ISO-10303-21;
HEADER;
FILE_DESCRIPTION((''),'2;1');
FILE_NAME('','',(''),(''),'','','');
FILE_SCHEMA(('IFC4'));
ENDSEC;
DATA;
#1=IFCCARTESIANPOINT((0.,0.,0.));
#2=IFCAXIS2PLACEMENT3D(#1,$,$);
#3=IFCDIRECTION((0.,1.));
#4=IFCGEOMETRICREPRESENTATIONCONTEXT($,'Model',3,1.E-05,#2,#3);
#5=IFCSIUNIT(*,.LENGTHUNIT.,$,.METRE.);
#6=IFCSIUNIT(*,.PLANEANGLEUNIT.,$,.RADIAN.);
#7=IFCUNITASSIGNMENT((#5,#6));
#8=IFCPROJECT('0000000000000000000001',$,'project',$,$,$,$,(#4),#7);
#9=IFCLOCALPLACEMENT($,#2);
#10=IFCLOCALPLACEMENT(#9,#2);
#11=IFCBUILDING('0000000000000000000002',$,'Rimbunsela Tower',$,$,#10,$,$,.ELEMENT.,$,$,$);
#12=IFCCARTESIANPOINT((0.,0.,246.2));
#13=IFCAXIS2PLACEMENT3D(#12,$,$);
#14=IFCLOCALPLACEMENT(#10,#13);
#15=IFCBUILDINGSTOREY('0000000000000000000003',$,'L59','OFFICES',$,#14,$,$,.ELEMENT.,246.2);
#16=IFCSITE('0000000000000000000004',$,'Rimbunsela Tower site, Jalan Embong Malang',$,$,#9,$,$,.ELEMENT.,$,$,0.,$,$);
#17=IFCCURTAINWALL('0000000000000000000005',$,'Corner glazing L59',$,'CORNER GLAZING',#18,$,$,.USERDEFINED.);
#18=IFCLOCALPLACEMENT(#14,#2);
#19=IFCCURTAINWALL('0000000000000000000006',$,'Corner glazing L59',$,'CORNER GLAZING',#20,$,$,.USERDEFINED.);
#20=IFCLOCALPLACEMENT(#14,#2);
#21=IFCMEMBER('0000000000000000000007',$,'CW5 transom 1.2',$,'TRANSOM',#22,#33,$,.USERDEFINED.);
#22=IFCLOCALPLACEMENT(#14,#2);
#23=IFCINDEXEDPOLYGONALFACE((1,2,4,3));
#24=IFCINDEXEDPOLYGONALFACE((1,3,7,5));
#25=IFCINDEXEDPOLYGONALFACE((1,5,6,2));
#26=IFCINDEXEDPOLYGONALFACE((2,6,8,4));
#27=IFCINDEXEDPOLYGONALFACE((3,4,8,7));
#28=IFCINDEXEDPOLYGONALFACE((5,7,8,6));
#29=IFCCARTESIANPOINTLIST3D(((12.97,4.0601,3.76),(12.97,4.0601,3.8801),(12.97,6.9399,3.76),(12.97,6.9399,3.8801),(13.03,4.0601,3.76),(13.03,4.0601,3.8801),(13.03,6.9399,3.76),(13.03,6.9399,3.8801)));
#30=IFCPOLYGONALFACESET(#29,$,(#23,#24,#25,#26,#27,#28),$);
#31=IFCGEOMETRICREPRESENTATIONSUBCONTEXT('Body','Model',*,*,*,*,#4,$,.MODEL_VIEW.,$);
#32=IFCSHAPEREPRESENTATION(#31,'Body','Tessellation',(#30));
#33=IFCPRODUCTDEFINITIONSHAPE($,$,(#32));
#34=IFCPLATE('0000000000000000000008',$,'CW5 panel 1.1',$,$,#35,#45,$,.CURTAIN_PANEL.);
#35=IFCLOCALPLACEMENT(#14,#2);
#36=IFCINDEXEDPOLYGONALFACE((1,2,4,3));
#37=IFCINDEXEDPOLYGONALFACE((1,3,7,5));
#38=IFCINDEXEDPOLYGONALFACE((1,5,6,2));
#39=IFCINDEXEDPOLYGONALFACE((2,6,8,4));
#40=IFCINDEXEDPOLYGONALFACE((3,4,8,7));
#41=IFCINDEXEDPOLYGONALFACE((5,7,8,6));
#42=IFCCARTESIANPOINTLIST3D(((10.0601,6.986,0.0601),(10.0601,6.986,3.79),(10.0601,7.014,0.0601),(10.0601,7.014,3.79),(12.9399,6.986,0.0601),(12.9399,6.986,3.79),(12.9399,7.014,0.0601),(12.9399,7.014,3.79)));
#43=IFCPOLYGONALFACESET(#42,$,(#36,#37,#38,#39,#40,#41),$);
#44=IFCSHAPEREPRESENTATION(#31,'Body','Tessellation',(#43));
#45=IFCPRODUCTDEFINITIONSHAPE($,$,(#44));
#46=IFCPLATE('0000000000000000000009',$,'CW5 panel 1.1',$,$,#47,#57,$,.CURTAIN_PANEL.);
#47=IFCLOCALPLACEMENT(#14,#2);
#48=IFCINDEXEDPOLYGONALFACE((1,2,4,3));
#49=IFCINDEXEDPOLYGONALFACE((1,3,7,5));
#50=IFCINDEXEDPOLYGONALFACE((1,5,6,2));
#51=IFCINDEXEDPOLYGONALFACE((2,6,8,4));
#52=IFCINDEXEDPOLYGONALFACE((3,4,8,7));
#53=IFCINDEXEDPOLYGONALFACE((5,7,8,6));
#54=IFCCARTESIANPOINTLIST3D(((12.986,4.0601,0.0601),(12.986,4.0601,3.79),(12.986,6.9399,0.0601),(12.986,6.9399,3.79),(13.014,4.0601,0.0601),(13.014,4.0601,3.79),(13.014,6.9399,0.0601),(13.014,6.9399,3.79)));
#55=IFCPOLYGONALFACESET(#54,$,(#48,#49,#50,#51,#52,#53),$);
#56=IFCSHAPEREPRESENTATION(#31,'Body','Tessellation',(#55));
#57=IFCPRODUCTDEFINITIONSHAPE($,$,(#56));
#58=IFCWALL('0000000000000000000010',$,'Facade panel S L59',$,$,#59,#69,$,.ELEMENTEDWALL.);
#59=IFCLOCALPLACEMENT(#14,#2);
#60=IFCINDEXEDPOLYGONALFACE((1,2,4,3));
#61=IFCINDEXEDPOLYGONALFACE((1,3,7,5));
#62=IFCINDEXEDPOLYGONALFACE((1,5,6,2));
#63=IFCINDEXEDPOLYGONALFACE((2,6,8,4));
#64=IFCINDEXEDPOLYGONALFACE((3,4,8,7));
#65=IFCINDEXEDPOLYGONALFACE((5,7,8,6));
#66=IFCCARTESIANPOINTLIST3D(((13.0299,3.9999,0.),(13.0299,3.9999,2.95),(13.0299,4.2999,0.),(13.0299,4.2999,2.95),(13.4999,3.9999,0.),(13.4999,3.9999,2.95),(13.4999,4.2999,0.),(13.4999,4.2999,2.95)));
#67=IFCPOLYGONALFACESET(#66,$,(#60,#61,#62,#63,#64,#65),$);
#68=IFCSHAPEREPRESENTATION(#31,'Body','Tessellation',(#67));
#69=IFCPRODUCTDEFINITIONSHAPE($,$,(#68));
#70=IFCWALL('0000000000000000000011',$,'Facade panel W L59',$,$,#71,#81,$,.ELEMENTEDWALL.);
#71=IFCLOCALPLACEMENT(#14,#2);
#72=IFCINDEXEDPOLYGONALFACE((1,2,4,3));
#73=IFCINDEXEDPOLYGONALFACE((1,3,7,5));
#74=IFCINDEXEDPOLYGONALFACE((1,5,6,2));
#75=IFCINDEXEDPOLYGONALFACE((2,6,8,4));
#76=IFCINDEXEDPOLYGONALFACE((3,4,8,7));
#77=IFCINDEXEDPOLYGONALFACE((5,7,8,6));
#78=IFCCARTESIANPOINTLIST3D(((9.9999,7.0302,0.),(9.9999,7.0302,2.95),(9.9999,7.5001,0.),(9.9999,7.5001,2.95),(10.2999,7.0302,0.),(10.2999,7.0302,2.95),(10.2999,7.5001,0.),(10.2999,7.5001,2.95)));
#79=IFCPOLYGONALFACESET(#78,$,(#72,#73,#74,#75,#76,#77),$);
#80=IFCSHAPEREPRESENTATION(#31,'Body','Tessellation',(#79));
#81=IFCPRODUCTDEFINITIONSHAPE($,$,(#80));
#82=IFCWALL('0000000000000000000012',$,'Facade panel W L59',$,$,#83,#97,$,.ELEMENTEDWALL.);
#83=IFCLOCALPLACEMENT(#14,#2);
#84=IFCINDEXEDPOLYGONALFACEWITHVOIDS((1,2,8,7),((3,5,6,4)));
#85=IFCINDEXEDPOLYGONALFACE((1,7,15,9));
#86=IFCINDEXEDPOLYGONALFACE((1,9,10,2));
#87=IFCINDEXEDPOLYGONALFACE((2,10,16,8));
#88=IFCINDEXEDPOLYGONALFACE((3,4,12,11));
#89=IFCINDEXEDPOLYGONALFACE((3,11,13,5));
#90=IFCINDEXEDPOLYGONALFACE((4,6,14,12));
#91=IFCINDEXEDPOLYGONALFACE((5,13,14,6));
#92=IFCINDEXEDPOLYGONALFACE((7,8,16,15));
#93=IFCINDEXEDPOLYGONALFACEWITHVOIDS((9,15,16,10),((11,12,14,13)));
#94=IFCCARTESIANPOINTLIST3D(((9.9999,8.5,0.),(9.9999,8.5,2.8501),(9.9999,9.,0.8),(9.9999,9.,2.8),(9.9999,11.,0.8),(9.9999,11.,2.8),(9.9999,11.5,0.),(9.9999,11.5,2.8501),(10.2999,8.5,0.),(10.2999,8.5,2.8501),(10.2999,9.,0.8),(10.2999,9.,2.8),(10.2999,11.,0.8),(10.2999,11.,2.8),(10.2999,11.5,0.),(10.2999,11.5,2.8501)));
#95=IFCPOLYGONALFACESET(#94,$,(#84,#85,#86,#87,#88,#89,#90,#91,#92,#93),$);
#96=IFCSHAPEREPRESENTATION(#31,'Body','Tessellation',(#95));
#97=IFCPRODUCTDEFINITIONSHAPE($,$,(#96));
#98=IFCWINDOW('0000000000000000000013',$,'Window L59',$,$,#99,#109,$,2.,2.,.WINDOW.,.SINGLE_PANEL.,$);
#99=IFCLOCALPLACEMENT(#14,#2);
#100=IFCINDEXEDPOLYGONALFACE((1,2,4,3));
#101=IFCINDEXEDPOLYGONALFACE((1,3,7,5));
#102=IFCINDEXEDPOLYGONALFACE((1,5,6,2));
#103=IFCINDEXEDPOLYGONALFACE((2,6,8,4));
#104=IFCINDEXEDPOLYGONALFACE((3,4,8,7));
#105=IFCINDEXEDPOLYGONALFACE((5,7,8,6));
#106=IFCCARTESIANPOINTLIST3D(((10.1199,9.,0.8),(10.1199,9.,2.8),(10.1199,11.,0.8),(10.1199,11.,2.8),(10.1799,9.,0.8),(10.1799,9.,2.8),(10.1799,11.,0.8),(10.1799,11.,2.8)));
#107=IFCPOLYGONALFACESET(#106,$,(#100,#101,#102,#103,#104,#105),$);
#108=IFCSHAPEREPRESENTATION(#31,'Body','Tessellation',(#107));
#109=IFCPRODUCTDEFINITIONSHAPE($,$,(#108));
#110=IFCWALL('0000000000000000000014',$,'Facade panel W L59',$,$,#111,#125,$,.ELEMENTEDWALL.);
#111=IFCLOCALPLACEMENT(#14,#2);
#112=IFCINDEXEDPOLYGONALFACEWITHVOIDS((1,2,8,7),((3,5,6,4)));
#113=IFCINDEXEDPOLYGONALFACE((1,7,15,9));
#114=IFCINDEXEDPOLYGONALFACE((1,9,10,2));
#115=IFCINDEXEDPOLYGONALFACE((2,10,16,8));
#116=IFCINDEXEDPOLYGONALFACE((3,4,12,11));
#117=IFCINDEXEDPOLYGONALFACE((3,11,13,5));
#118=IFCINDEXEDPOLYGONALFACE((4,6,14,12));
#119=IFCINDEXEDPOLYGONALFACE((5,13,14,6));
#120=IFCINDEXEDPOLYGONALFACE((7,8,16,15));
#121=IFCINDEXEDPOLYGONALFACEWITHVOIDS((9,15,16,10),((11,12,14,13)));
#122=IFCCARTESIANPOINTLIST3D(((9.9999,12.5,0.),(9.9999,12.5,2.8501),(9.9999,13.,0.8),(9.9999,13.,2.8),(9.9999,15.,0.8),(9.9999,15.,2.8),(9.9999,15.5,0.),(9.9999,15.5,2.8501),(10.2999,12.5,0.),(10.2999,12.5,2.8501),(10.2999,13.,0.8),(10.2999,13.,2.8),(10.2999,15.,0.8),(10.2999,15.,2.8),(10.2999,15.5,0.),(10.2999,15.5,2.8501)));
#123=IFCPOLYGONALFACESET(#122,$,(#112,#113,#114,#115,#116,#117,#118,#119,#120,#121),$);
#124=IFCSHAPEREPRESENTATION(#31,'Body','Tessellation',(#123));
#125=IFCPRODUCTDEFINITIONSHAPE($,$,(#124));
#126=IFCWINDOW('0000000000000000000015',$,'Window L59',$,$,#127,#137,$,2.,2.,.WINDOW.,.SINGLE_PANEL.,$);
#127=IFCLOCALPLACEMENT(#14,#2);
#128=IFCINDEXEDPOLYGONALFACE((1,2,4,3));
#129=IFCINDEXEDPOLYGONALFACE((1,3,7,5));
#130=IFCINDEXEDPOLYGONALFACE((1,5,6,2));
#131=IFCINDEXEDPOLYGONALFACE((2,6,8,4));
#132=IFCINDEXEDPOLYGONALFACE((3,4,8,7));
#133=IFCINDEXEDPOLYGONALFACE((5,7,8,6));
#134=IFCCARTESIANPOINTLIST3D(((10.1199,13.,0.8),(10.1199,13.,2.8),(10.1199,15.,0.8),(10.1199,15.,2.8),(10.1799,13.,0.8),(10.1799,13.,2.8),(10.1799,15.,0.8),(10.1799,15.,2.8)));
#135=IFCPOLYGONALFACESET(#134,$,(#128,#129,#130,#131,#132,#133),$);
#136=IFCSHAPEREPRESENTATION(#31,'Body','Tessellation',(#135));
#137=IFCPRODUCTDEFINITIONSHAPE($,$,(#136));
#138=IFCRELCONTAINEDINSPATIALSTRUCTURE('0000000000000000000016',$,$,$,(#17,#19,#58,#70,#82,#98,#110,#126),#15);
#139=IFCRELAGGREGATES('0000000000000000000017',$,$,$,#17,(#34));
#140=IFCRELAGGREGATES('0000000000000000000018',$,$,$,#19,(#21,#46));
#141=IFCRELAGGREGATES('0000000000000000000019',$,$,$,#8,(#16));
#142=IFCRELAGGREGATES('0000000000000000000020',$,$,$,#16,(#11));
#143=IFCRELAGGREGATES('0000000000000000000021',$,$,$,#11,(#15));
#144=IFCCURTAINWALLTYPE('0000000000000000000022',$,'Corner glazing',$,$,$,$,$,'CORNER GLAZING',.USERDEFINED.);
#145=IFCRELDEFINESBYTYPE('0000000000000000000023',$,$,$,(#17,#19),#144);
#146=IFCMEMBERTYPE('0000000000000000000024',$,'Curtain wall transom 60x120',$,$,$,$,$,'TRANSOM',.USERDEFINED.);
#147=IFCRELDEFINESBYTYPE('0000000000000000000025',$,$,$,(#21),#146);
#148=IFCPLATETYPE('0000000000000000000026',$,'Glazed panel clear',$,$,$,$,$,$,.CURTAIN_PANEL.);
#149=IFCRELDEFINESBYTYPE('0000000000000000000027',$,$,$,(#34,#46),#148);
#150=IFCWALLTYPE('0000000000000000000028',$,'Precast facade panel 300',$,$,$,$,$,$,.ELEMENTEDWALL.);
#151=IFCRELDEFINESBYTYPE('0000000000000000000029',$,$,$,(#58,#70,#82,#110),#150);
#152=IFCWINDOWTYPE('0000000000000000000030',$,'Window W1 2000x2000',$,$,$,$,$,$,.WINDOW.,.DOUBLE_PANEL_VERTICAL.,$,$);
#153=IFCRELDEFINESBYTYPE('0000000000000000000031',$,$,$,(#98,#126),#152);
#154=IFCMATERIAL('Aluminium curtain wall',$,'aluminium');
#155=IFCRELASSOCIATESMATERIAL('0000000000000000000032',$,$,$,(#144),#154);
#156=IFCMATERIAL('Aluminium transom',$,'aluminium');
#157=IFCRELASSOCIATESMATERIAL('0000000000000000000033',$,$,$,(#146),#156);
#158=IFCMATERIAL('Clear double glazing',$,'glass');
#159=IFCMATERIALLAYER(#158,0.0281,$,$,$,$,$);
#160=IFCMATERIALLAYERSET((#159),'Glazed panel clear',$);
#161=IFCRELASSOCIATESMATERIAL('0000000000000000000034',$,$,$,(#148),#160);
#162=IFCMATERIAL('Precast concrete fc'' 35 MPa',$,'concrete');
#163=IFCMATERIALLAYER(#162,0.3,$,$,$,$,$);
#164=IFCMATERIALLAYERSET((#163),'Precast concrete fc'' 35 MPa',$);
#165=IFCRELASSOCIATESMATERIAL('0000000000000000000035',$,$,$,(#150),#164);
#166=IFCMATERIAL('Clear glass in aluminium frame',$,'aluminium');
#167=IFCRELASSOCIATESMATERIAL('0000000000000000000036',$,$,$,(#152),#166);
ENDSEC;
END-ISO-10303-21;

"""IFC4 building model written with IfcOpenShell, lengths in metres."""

from ifc_helpers import new_model, si_unit, direction, frame, frame_2d, origin, origin_2d, place, context, subcontext, project, spatial, rectangle, extrude, material, layer, layer_set, material_profile, profile_set, type_object, element, fill, aggregate, save


model = new_model("IFC4")

# Units and contexts
model_context = context("Model", 3, precision=1e-05, world=origin(), true_north=direction((0.0, 1.0)))
body_context = subcontext(model_context, "Body", "Model", "MODEL_VIEW")
ifc_project = project(units=[si_unit("LENGTHUNIT", "METRE"), si_unit("PLANEANGLEUNIT", "RADIAN")], contexts=[model_context])

# Site, building, storey
site_placement = place(None, origin())
site = spatial("IfcSite", under=ifc_project, at=site_placement, Name="Rimbunsela Tower site, Jalan Embong Malang", CompositionType="ELEMENT", RefElevation=0.0)
building_placement = place(site_placement, origin())
building = spatial("IfcBuilding", under=site, at=building_placement, Name="Rimbunsela Tower", CompositionType="ELEMENT")
storey_placement = place(building_placement, frame((0.0, 0.0, 246.2)))
storey = spatial("IfcBuildingStorey", under=building, at=storey_placement, Name="L59", Description="OFFICES", CompositionType="ELEMENT", Elevation=246.2)

# Curtain walls
ifc_material_1 = material(Name="Aluminium curtain wall", Category="aluminium")
curtain_wall_type = type_object("IfcCurtainWallType", Name="Corner glazing", ElementType="CORNER GLAZING", PredefinedType="USERDEFINED", material=ifc_material_1)
curtain_wall_1_placement = place(storey_placement, origin())
curtain_wall_1 = element("IfcCurtainWall", 1, at=curtain_wall_1_placement, inside=storey, type_object=curtain_wall_type, Name="Corner glazing L59", ObjectType="CORNER GLAZING", PredefinedType="USERDEFINED")
curtain_wall_2_placement = place(storey_placement, origin())
curtain_wall_2 = element("IfcCurtainWall", 2, at=curtain_wall_2_placement, inside=storey, type_object=curtain_wall_type, Name="Corner glazing L59", ObjectType="CORNER GLAZING", PredefinedType="USERDEFINED")

# Member
ifc_material_2 = material(Name="Aluminium transom", Category="aluminium")
ifc_material_profile_1 = material_profile(ifc_material_2, rectangle(XDim=0.0601, YDim=0.1201, at=origin_2d()), Name="Transom 60x120")
ifc_profile_set_1 = profile_set([ifc_material_profile_1], Name="Aluminium transom")
member_type_1 = type_object("IfcMemberType", Name="Curtain wall transom 60x120", ElementType="TRANSOM", PredefinedType="USERDEFINED", material=ifc_profile_set_1)
member_1_placement = place(storey_placement, frame((13.0, 6.9399, 3.8201), z_axis=(0.0, -1.0, 0.0), x_axis=(1.0, 0.0, 0.0)))
member_1 = element("IfcMember", 3, at=member_1_placement, type_object=member_type_1, Name="CW5 transom 1.2", ObjectType="TRANSOM", PredefinedType="USERDEFINED", context=body_context, shape_type="SweptSolid", body=[
    extrude(rectangle(XDim=0.0601, YDim=0.1201, at=origin_2d()), origin(), (0.0, 0.0, 1.0), 2.8799),
])

# Plates
ifc_material_3 = material(Name="Clear double glazing", Category="glass")
ifc_layer_1 = layer(ifc_material_3, 0.0281)
ifc_layer_set_1 = layer_set([ifc_layer_1], Name="Glazed panel clear")
plate_type = type_object("IfcPlateType", Name="Glazed panel clear", PredefinedType="CURTAIN_PANEL", material=ifc_layer_set_1)
plate_1_placement = place(storey_placement, frame((11.5, 7.0, 0.0601), z_axis=(0.0, 0.0, 1.0), x_axis=(1.0, 0.0, 0.0)))
plate_1 = element("IfcPlate", 4, at=plate_1_placement, type_object=plate_type, Name="CW5 panel 1.1", PredefinedType="CURTAIN_PANEL", context=body_context, shape_type="SweptSolid", body=[
    extrude(rectangle(XDim=2.8799, YDim=0.0281, at=origin_2d()), origin(), (0.0, 0.0, 1.0), 3.73),
])
aggregate(curtain_wall_1, [plate_1])
plate_2_placement = place(storey_placement, frame((13.0, 5.5, 0.0601), z_axis=(0.0, 0.0, 1.0), x_axis=(0.0, -1.0, 0.0)))
plate_2 = element("IfcPlate", 5, at=plate_2_placement, type_object=plate_type, Name="CW5 panel 1.1", PredefinedType="CURTAIN_PANEL", context=body_context, shape_type="SweptSolid", body=[
    extrude(rectangle(XDim=2.8799, YDim=0.0281, at=origin_2d()), origin(), (0.0, 0.0, 1.0), 3.73),
])
aggregate(curtain_wall_2, [member_1, plate_2])

# Walls
ifc_material_4 = material(Name="Precast concrete fc' 35 MPa", Category="concrete")
ifc_layer_2 = layer(ifc_material_4, 0.3)
ifc_layer_set_2 = layer_set([ifc_layer_2], Name="Precast concrete fc' 35 MPa")
wall_type = type_object("IfcWallType", Name="Precast facade panel 300", PredefinedType="ELEMENTEDWALL", material=ifc_layer_set_2)
for number, where, z_axis, x_axis, name in (
    (6, (13.03, 4.1499, 0.0), (0.0, 0.0, 1.0), (1.0, 0.0, 0.0), "Facade panel S L59"),
    (7, (10.1499, 7.5, 0.0), (0.0, 0.0, 1.0), (0.0, -1.0, 0.0), "Facade panel W L59"),
):
    element("IfcWall", number, at=place(storey_placement, frame(where, z_axis=z_axis, x_axis=x_axis)), inside=storey, type_object=wall_type, Name=name, PredefinedType="ELEMENTEDWALL", context=body_context, shape_type="SweptSolid", body=[
        extrude(rectangle(XDim=0.47, YDim=0.3, at=frame_2d((0.2349, 0.0))), origin(), (0.0, 0.0, 1.0), 2.95),
    ])

# Walls, openings, windows
wall_1_placement = place(storey_placement, frame((10.1499, 11.5, 0.0), z_axis=(0.0, 0.0, 1.0), x_axis=(0.0, -1.0, 0.0)))
wall_1 = element("IfcWall", 8, at=wall_1_placement, inside=storey, type_object=wall_type, Name="Facade panel W L59", PredefinedType="ELEMENTEDWALL", context=body_context, shape_type="SweptSolid", body=[
    extrude(rectangle(XDim=3.0, YDim=0.3, at=frame_2d((1.5, 0.0))), origin(), (0.0, 0.0, 1.0), 2.8501),
])
opening_1_placement = place(wall_1_placement, frame((0.5, 0.0, 0.8)))
opening_1 = element("IfcOpeningElement", 9, at=opening_1_placement, cuts=wall_1, PredefinedType="OPENING", context=body_context, shape_type="SweptSolid", body=[
    extrude(rectangle(XDim=2.0, YDim=2.0, at=frame_2d((1.0, 1.0))), frame((0.0, 0.1599, 0.0), z_axis=(0.0, -1.0, 0.0), x_axis=(1.0, 0.0, 0.0)), (0.0, 0.0, 1.0), 0.3201),
])
ifc_material_5 = material(Name="Clear glass in aluminium frame", Category="aluminium")
window_type = type_object("IfcWindowType", Name="Window W1 2000x2000", PartitioningType="DOUBLE_PANEL_VERTICAL", PredefinedType="WINDOW", material=ifc_material_5)
window_1_placement = place(opening_1_placement, origin())
window_1 = element("IfcWindow", 10, at=window_1_placement, inside=storey, type_object=window_type, Name="Window L59", OverallHeight=2.0, OverallWidth=2.0, PartitioningType="SINGLE_PANEL", PredefinedType="WINDOW", context=body_context, shape_type="SweptSolid", body=[
    extrude(rectangle(XDim=2.0, YDim=2.0, at=frame_2d((1.0, 1.0))), frame((0.0, 0.03, 0.0), z_axis=(0.0, -1.0, 0.0), x_axis=(1.0, 0.0, 0.0)), (0.0, 0.0, 1.0), 0.0601),
])
fill(opening_1, window_1)
wall_2_placement = place(storey_placement, frame((10.1499, 15.5, 0.0), z_axis=(0.0, 0.0, 1.0), x_axis=(0.0, -1.0, 0.0)))
wall_2 = element("IfcWall", 11, at=wall_2_placement, inside=storey, type_object=wall_type, Name="Facade panel W L59", PredefinedType="ELEMENTEDWALL", context=body_context, shape_type="SweptSolid", body=[
    extrude(rectangle(XDim=3.0, YDim=0.3, at=frame_2d((1.5, 0.0))), origin(), (0.0, 0.0, 1.0), 2.8501),
])
opening_2_placement = place(wall_2_placement, frame((0.5, 0.0, 0.8)))
opening_2 = element("IfcOpeningElement", 12, at=opening_2_placement, cuts=wall_2, PredefinedType="OPENING", context=body_context, shape_type="SweptSolid", body=[
    extrude(rectangle(XDim=2.0, YDim=2.0, at=frame_2d((1.0, 1.0))), frame((0.0, 0.1599, 0.0), z_axis=(0.0, -1.0, 0.0), x_axis=(1.0, 0.0, 0.0)), (0.0, 0.0, 1.0), 0.3201),
])
window_2_placement = place(opening_2_placement, origin())
window_2 = element("IfcWindow", 13, at=window_2_placement, inside=storey, type_object=window_type, Name="Window L59", OverallHeight=2.0, OverallWidth=2.0, PartitioningType="SINGLE_PANEL", PredefinedType="WINDOW", context=body_context, shape_type="SweptSolid", body=[
    extrude(rectangle(XDim=2.0, YDim=2.0, at=frame_2d((1.0, 1.0))), frame((0.0, 0.03, 0.0), z_axis=(0.0, -1.0, 0.0), x_axis=(1.0, 0.0, 0.0)), (0.0, 0.0, 1.0), 0.0601),
])
fill(opening_2, window_2)

save(model, "model.ifc")
